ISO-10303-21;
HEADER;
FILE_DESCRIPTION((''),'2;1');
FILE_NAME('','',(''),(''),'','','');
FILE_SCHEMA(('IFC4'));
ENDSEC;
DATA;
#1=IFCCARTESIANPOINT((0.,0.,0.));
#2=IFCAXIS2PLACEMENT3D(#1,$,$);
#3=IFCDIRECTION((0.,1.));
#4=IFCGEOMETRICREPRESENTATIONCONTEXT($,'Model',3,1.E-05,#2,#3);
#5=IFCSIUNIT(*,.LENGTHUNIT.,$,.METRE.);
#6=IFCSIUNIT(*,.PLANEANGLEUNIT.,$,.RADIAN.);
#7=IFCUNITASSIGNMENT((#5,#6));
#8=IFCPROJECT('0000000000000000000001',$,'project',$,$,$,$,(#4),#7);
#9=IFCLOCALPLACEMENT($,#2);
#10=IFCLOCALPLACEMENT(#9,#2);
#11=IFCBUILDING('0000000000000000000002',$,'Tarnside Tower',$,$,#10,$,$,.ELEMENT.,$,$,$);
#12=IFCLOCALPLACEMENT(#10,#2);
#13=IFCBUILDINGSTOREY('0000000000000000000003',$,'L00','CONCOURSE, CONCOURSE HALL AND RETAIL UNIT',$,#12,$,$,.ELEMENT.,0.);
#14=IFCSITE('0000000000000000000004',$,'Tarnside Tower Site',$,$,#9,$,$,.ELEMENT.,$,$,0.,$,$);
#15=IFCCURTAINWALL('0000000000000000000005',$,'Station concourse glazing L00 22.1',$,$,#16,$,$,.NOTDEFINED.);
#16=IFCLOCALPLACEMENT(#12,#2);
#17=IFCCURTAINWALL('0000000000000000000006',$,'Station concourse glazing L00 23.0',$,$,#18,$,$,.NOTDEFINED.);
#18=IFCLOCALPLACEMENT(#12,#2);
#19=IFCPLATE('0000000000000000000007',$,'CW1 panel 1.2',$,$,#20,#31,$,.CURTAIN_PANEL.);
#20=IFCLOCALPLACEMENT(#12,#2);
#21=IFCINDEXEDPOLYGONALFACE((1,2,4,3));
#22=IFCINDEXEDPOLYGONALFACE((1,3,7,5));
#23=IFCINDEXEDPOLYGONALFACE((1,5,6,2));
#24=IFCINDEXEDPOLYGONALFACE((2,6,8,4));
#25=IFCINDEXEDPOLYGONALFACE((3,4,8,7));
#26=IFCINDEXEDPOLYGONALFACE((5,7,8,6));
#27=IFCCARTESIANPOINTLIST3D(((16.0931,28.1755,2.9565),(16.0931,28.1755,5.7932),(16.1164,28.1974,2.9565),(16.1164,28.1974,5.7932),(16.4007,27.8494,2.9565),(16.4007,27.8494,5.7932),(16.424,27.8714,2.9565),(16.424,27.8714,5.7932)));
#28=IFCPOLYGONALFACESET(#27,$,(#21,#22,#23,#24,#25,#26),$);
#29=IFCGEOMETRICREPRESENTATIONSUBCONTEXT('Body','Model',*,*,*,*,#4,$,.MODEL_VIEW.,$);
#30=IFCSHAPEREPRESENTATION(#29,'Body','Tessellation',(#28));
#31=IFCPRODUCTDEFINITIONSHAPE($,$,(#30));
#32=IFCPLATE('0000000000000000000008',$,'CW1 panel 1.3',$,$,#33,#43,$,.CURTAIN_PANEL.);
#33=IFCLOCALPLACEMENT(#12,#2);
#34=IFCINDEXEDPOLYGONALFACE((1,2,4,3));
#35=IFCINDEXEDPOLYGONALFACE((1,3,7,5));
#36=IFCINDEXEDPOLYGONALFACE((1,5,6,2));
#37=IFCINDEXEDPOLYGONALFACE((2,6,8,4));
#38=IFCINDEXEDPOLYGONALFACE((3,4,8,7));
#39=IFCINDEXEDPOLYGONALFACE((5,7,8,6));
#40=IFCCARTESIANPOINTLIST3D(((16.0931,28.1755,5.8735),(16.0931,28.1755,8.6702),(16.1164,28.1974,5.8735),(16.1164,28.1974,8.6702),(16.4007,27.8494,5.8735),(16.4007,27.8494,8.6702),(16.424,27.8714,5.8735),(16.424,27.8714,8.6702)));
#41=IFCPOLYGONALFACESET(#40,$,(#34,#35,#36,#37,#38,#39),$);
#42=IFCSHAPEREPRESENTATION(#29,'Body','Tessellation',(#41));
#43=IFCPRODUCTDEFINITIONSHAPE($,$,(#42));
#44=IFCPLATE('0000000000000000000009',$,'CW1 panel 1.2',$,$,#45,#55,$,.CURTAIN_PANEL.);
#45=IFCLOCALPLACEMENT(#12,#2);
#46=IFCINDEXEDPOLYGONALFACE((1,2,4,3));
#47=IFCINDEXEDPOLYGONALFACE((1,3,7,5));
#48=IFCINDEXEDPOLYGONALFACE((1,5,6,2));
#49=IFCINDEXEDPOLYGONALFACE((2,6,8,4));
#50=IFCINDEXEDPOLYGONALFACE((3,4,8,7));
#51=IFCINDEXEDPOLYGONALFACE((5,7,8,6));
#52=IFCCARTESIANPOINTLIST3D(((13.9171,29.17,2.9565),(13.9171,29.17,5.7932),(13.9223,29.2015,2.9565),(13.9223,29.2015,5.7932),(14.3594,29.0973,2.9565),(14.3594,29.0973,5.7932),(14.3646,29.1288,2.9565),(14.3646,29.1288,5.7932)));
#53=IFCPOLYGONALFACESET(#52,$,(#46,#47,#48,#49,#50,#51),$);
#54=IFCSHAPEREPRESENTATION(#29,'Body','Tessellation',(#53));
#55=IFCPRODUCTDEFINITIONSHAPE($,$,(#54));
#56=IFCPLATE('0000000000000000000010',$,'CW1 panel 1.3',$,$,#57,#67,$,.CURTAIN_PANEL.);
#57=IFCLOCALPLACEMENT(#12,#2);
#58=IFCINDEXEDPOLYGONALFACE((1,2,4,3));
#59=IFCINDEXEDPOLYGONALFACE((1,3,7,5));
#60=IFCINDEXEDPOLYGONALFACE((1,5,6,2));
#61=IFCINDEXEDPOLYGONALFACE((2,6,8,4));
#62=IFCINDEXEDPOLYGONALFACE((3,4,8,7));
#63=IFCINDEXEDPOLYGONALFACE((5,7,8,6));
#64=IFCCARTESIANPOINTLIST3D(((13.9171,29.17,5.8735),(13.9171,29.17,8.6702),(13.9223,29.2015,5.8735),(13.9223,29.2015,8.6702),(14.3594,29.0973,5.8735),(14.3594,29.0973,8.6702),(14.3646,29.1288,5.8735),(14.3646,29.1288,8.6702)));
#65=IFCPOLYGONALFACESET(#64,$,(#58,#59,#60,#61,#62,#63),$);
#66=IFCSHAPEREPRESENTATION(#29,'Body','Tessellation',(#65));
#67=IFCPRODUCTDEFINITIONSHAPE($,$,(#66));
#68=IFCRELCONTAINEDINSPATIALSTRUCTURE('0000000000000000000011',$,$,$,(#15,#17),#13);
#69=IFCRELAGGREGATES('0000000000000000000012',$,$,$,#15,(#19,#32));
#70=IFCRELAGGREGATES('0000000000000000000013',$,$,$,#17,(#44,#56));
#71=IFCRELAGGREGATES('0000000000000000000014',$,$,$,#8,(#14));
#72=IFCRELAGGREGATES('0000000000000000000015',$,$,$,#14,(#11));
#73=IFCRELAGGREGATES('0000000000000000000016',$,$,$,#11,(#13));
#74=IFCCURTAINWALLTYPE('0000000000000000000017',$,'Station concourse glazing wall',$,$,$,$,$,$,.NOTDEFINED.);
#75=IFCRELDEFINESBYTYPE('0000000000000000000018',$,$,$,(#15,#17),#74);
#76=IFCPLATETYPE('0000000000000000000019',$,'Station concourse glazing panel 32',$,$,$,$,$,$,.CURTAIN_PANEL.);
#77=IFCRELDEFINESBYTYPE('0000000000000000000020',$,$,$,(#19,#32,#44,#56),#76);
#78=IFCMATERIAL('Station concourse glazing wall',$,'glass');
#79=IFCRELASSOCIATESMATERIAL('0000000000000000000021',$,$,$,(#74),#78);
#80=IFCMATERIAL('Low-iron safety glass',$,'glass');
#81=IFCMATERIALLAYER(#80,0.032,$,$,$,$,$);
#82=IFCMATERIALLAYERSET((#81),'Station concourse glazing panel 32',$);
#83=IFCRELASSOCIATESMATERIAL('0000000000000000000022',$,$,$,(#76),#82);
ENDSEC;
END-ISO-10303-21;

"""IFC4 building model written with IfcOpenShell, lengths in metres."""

from ifc_helpers import new_model, si_unit, direction, frame, origin, origin_2d, place, context, subcontext, project, spatial, rectangle, extrude, material, layer, layer_set, type_object, element, aggregate, save


model = new_model("IFC4")

# Units and contexts
model_context = context("Model", 3, precision=1e-05, world=origin(), true_north=direction((0.0, 1.0)))
body_context = subcontext(model_context, "Body", "Model", "MODEL_VIEW")
ifc_project = project(units=[si_unit("LENGTHUNIT", "METRE"), si_unit("PLANEANGLEUNIT", "RADIAN")], contexts=[model_context])

# Site, building, storey
site_placement = place(None, origin())
site = spatial("IfcSite", under=ifc_project, at=site_placement, Name="Tarnside Tower Site", CompositionType="ELEMENT", RefElevation=0.0)
building_placement = place(site_placement, origin())
building = spatial("IfcBuilding", under=site, at=building_placement, Name="Tarnside Tower", CompositionType="ELEMENT")
storey_placement = place(building_placement, origin())
storey = spatial("IfcBuildingStorey", under=building, at=storey_placement, Name="L00", Description="CONCOURSE, CONCOURSE HALL AND RETAIL UNIT", CompositionType="ELEMENT", Elevation=0.0)

# Curtain walls
ifc_material_1 = material(Name="Station concourse glazing wall", Category="glass")
curtain_wall_type = type_object("IfcCurtainWallType", Name="Station concourse glazing wall", PredefinedType="NOTDEFINED", material=ifc_material_1)
curtain_wall_1_placement = place(storey_placement, origin())
curtain_wall_1 = element("IfcCurtainWall", 1, at=curtain_wall_1_placement, inside=storey, type_object=curtain_wall_type, Name="Station concourse glazing L00 22.1", PredefinedType="NOTDEFINED")
curtain_wall_2_placement = place(storey_placement, origin())
curtain_wall_2 = element("IfcCurtainWall", 2, at=curtain_wall_2_placement, inside=storey, type_object=curtain_wall_type, Name="Station concourse glazing L00 23.0", PredefinedType="NOTDEFINED")

# Shared definitions
ifc_material_2 = material(Name="Low-iron safety glass", Category="glass")
ifc_layer = layer(ifc_material_2, 0.032)
ifc_layer_set = layer_set([ifc_layer], Name="Station concourse glazing panel 32")
plate_type = type_object("IfcPlateType", Name="Station concourse glazing panel 32", PredefinedType="CURTAIN_PANEL", material=ifc_layer_set)

# Plates
plate_1_placement = place(storey_placement, frame((16.2585, 28.0234, 2.9565), z_axis=(0.0, 0.0, 1.0), x_axis=(-0.686242, 0.727374, 0.0)))
plate_1 = element("IfcPlate", 3, at=plate_1_placement, type_object=plate_type, Name="CW1 panel 1.2", PredefinedType="CURTAIN_PANEL", context=body_context, shape_type="SweptSolid", body=[
    extrude(rectangle(XDim=0.4482, YDim=0.032, at=origin_2d()), origin(), (0.0, 0.0, 1.0), 2.8367),
])
plate_2_placement = place(storey_placement, frame((16.2585, 28.0234, 5.8735), z_axis=(0.0, 0.0, 1.0), x_axis=(-0.686242, 0.727374, 0.0)))
plate_2 = element("IfcPlate", 4, at=plate_2_placement, type_object=plate_type, Name="CW1 panel 1.3", PredefinedType="CURTAIN_PANEL", context=body_context, shape_type="SweptSolid", body=[
    extrude(rectangle(XDim=0.4482, YDim=0.032, at=origin_2d()), origin(), (0.0, 0.0, 1.0), 2.7966),
])
aggregate(curtain_wall_1, [plate_1, plate_2])
plate_3_placement = place(storey_placement, frame((14.1409, 29.1494, 2.9565), z_axis=(0.0, 0.0, 1.0), x_axis=(-0.986762, 0.162178, 0.0)))
plate_3 = element("IfcPlate", 5, at=plate_3_placement, type_object=plate_type, Name="CW1 panel 1.2", PredefinedType="CURTAIN_PANEL", context=body_context, shape_type="SweptSolid", body=[
    extrude(rectangle(XDim=0.4482, YDim=0.032, at=origin_2d()), origin(), (0.0, 0.0, 1.0), 2.8367),
])
plate_4_placement = place(storey_placement, frame((14.1409, 29.1494, 5.8735), z_axis=(0.0, 0.0, 1.0), x_axis=(-0.986762, 0.162178, 0.0)))
plate_4 = element("IfcPlate", 6, at=plate_4_placement, type_object=plate_type, Name="CW1 panel 1.3", PredefinedType="CURTAIN_PANEL", context=body_context, shape_type="SweptSolid", body=[
    extrude(rectangle(XDim=0.4482, YDim=0.032, at=origin_2d()), origin(), (0.0, 0.0, 1.0), 2.7966),
])
aggregate(curtain_wall_2, [plate_3, plate_4])

save(model, "model.ifc")
